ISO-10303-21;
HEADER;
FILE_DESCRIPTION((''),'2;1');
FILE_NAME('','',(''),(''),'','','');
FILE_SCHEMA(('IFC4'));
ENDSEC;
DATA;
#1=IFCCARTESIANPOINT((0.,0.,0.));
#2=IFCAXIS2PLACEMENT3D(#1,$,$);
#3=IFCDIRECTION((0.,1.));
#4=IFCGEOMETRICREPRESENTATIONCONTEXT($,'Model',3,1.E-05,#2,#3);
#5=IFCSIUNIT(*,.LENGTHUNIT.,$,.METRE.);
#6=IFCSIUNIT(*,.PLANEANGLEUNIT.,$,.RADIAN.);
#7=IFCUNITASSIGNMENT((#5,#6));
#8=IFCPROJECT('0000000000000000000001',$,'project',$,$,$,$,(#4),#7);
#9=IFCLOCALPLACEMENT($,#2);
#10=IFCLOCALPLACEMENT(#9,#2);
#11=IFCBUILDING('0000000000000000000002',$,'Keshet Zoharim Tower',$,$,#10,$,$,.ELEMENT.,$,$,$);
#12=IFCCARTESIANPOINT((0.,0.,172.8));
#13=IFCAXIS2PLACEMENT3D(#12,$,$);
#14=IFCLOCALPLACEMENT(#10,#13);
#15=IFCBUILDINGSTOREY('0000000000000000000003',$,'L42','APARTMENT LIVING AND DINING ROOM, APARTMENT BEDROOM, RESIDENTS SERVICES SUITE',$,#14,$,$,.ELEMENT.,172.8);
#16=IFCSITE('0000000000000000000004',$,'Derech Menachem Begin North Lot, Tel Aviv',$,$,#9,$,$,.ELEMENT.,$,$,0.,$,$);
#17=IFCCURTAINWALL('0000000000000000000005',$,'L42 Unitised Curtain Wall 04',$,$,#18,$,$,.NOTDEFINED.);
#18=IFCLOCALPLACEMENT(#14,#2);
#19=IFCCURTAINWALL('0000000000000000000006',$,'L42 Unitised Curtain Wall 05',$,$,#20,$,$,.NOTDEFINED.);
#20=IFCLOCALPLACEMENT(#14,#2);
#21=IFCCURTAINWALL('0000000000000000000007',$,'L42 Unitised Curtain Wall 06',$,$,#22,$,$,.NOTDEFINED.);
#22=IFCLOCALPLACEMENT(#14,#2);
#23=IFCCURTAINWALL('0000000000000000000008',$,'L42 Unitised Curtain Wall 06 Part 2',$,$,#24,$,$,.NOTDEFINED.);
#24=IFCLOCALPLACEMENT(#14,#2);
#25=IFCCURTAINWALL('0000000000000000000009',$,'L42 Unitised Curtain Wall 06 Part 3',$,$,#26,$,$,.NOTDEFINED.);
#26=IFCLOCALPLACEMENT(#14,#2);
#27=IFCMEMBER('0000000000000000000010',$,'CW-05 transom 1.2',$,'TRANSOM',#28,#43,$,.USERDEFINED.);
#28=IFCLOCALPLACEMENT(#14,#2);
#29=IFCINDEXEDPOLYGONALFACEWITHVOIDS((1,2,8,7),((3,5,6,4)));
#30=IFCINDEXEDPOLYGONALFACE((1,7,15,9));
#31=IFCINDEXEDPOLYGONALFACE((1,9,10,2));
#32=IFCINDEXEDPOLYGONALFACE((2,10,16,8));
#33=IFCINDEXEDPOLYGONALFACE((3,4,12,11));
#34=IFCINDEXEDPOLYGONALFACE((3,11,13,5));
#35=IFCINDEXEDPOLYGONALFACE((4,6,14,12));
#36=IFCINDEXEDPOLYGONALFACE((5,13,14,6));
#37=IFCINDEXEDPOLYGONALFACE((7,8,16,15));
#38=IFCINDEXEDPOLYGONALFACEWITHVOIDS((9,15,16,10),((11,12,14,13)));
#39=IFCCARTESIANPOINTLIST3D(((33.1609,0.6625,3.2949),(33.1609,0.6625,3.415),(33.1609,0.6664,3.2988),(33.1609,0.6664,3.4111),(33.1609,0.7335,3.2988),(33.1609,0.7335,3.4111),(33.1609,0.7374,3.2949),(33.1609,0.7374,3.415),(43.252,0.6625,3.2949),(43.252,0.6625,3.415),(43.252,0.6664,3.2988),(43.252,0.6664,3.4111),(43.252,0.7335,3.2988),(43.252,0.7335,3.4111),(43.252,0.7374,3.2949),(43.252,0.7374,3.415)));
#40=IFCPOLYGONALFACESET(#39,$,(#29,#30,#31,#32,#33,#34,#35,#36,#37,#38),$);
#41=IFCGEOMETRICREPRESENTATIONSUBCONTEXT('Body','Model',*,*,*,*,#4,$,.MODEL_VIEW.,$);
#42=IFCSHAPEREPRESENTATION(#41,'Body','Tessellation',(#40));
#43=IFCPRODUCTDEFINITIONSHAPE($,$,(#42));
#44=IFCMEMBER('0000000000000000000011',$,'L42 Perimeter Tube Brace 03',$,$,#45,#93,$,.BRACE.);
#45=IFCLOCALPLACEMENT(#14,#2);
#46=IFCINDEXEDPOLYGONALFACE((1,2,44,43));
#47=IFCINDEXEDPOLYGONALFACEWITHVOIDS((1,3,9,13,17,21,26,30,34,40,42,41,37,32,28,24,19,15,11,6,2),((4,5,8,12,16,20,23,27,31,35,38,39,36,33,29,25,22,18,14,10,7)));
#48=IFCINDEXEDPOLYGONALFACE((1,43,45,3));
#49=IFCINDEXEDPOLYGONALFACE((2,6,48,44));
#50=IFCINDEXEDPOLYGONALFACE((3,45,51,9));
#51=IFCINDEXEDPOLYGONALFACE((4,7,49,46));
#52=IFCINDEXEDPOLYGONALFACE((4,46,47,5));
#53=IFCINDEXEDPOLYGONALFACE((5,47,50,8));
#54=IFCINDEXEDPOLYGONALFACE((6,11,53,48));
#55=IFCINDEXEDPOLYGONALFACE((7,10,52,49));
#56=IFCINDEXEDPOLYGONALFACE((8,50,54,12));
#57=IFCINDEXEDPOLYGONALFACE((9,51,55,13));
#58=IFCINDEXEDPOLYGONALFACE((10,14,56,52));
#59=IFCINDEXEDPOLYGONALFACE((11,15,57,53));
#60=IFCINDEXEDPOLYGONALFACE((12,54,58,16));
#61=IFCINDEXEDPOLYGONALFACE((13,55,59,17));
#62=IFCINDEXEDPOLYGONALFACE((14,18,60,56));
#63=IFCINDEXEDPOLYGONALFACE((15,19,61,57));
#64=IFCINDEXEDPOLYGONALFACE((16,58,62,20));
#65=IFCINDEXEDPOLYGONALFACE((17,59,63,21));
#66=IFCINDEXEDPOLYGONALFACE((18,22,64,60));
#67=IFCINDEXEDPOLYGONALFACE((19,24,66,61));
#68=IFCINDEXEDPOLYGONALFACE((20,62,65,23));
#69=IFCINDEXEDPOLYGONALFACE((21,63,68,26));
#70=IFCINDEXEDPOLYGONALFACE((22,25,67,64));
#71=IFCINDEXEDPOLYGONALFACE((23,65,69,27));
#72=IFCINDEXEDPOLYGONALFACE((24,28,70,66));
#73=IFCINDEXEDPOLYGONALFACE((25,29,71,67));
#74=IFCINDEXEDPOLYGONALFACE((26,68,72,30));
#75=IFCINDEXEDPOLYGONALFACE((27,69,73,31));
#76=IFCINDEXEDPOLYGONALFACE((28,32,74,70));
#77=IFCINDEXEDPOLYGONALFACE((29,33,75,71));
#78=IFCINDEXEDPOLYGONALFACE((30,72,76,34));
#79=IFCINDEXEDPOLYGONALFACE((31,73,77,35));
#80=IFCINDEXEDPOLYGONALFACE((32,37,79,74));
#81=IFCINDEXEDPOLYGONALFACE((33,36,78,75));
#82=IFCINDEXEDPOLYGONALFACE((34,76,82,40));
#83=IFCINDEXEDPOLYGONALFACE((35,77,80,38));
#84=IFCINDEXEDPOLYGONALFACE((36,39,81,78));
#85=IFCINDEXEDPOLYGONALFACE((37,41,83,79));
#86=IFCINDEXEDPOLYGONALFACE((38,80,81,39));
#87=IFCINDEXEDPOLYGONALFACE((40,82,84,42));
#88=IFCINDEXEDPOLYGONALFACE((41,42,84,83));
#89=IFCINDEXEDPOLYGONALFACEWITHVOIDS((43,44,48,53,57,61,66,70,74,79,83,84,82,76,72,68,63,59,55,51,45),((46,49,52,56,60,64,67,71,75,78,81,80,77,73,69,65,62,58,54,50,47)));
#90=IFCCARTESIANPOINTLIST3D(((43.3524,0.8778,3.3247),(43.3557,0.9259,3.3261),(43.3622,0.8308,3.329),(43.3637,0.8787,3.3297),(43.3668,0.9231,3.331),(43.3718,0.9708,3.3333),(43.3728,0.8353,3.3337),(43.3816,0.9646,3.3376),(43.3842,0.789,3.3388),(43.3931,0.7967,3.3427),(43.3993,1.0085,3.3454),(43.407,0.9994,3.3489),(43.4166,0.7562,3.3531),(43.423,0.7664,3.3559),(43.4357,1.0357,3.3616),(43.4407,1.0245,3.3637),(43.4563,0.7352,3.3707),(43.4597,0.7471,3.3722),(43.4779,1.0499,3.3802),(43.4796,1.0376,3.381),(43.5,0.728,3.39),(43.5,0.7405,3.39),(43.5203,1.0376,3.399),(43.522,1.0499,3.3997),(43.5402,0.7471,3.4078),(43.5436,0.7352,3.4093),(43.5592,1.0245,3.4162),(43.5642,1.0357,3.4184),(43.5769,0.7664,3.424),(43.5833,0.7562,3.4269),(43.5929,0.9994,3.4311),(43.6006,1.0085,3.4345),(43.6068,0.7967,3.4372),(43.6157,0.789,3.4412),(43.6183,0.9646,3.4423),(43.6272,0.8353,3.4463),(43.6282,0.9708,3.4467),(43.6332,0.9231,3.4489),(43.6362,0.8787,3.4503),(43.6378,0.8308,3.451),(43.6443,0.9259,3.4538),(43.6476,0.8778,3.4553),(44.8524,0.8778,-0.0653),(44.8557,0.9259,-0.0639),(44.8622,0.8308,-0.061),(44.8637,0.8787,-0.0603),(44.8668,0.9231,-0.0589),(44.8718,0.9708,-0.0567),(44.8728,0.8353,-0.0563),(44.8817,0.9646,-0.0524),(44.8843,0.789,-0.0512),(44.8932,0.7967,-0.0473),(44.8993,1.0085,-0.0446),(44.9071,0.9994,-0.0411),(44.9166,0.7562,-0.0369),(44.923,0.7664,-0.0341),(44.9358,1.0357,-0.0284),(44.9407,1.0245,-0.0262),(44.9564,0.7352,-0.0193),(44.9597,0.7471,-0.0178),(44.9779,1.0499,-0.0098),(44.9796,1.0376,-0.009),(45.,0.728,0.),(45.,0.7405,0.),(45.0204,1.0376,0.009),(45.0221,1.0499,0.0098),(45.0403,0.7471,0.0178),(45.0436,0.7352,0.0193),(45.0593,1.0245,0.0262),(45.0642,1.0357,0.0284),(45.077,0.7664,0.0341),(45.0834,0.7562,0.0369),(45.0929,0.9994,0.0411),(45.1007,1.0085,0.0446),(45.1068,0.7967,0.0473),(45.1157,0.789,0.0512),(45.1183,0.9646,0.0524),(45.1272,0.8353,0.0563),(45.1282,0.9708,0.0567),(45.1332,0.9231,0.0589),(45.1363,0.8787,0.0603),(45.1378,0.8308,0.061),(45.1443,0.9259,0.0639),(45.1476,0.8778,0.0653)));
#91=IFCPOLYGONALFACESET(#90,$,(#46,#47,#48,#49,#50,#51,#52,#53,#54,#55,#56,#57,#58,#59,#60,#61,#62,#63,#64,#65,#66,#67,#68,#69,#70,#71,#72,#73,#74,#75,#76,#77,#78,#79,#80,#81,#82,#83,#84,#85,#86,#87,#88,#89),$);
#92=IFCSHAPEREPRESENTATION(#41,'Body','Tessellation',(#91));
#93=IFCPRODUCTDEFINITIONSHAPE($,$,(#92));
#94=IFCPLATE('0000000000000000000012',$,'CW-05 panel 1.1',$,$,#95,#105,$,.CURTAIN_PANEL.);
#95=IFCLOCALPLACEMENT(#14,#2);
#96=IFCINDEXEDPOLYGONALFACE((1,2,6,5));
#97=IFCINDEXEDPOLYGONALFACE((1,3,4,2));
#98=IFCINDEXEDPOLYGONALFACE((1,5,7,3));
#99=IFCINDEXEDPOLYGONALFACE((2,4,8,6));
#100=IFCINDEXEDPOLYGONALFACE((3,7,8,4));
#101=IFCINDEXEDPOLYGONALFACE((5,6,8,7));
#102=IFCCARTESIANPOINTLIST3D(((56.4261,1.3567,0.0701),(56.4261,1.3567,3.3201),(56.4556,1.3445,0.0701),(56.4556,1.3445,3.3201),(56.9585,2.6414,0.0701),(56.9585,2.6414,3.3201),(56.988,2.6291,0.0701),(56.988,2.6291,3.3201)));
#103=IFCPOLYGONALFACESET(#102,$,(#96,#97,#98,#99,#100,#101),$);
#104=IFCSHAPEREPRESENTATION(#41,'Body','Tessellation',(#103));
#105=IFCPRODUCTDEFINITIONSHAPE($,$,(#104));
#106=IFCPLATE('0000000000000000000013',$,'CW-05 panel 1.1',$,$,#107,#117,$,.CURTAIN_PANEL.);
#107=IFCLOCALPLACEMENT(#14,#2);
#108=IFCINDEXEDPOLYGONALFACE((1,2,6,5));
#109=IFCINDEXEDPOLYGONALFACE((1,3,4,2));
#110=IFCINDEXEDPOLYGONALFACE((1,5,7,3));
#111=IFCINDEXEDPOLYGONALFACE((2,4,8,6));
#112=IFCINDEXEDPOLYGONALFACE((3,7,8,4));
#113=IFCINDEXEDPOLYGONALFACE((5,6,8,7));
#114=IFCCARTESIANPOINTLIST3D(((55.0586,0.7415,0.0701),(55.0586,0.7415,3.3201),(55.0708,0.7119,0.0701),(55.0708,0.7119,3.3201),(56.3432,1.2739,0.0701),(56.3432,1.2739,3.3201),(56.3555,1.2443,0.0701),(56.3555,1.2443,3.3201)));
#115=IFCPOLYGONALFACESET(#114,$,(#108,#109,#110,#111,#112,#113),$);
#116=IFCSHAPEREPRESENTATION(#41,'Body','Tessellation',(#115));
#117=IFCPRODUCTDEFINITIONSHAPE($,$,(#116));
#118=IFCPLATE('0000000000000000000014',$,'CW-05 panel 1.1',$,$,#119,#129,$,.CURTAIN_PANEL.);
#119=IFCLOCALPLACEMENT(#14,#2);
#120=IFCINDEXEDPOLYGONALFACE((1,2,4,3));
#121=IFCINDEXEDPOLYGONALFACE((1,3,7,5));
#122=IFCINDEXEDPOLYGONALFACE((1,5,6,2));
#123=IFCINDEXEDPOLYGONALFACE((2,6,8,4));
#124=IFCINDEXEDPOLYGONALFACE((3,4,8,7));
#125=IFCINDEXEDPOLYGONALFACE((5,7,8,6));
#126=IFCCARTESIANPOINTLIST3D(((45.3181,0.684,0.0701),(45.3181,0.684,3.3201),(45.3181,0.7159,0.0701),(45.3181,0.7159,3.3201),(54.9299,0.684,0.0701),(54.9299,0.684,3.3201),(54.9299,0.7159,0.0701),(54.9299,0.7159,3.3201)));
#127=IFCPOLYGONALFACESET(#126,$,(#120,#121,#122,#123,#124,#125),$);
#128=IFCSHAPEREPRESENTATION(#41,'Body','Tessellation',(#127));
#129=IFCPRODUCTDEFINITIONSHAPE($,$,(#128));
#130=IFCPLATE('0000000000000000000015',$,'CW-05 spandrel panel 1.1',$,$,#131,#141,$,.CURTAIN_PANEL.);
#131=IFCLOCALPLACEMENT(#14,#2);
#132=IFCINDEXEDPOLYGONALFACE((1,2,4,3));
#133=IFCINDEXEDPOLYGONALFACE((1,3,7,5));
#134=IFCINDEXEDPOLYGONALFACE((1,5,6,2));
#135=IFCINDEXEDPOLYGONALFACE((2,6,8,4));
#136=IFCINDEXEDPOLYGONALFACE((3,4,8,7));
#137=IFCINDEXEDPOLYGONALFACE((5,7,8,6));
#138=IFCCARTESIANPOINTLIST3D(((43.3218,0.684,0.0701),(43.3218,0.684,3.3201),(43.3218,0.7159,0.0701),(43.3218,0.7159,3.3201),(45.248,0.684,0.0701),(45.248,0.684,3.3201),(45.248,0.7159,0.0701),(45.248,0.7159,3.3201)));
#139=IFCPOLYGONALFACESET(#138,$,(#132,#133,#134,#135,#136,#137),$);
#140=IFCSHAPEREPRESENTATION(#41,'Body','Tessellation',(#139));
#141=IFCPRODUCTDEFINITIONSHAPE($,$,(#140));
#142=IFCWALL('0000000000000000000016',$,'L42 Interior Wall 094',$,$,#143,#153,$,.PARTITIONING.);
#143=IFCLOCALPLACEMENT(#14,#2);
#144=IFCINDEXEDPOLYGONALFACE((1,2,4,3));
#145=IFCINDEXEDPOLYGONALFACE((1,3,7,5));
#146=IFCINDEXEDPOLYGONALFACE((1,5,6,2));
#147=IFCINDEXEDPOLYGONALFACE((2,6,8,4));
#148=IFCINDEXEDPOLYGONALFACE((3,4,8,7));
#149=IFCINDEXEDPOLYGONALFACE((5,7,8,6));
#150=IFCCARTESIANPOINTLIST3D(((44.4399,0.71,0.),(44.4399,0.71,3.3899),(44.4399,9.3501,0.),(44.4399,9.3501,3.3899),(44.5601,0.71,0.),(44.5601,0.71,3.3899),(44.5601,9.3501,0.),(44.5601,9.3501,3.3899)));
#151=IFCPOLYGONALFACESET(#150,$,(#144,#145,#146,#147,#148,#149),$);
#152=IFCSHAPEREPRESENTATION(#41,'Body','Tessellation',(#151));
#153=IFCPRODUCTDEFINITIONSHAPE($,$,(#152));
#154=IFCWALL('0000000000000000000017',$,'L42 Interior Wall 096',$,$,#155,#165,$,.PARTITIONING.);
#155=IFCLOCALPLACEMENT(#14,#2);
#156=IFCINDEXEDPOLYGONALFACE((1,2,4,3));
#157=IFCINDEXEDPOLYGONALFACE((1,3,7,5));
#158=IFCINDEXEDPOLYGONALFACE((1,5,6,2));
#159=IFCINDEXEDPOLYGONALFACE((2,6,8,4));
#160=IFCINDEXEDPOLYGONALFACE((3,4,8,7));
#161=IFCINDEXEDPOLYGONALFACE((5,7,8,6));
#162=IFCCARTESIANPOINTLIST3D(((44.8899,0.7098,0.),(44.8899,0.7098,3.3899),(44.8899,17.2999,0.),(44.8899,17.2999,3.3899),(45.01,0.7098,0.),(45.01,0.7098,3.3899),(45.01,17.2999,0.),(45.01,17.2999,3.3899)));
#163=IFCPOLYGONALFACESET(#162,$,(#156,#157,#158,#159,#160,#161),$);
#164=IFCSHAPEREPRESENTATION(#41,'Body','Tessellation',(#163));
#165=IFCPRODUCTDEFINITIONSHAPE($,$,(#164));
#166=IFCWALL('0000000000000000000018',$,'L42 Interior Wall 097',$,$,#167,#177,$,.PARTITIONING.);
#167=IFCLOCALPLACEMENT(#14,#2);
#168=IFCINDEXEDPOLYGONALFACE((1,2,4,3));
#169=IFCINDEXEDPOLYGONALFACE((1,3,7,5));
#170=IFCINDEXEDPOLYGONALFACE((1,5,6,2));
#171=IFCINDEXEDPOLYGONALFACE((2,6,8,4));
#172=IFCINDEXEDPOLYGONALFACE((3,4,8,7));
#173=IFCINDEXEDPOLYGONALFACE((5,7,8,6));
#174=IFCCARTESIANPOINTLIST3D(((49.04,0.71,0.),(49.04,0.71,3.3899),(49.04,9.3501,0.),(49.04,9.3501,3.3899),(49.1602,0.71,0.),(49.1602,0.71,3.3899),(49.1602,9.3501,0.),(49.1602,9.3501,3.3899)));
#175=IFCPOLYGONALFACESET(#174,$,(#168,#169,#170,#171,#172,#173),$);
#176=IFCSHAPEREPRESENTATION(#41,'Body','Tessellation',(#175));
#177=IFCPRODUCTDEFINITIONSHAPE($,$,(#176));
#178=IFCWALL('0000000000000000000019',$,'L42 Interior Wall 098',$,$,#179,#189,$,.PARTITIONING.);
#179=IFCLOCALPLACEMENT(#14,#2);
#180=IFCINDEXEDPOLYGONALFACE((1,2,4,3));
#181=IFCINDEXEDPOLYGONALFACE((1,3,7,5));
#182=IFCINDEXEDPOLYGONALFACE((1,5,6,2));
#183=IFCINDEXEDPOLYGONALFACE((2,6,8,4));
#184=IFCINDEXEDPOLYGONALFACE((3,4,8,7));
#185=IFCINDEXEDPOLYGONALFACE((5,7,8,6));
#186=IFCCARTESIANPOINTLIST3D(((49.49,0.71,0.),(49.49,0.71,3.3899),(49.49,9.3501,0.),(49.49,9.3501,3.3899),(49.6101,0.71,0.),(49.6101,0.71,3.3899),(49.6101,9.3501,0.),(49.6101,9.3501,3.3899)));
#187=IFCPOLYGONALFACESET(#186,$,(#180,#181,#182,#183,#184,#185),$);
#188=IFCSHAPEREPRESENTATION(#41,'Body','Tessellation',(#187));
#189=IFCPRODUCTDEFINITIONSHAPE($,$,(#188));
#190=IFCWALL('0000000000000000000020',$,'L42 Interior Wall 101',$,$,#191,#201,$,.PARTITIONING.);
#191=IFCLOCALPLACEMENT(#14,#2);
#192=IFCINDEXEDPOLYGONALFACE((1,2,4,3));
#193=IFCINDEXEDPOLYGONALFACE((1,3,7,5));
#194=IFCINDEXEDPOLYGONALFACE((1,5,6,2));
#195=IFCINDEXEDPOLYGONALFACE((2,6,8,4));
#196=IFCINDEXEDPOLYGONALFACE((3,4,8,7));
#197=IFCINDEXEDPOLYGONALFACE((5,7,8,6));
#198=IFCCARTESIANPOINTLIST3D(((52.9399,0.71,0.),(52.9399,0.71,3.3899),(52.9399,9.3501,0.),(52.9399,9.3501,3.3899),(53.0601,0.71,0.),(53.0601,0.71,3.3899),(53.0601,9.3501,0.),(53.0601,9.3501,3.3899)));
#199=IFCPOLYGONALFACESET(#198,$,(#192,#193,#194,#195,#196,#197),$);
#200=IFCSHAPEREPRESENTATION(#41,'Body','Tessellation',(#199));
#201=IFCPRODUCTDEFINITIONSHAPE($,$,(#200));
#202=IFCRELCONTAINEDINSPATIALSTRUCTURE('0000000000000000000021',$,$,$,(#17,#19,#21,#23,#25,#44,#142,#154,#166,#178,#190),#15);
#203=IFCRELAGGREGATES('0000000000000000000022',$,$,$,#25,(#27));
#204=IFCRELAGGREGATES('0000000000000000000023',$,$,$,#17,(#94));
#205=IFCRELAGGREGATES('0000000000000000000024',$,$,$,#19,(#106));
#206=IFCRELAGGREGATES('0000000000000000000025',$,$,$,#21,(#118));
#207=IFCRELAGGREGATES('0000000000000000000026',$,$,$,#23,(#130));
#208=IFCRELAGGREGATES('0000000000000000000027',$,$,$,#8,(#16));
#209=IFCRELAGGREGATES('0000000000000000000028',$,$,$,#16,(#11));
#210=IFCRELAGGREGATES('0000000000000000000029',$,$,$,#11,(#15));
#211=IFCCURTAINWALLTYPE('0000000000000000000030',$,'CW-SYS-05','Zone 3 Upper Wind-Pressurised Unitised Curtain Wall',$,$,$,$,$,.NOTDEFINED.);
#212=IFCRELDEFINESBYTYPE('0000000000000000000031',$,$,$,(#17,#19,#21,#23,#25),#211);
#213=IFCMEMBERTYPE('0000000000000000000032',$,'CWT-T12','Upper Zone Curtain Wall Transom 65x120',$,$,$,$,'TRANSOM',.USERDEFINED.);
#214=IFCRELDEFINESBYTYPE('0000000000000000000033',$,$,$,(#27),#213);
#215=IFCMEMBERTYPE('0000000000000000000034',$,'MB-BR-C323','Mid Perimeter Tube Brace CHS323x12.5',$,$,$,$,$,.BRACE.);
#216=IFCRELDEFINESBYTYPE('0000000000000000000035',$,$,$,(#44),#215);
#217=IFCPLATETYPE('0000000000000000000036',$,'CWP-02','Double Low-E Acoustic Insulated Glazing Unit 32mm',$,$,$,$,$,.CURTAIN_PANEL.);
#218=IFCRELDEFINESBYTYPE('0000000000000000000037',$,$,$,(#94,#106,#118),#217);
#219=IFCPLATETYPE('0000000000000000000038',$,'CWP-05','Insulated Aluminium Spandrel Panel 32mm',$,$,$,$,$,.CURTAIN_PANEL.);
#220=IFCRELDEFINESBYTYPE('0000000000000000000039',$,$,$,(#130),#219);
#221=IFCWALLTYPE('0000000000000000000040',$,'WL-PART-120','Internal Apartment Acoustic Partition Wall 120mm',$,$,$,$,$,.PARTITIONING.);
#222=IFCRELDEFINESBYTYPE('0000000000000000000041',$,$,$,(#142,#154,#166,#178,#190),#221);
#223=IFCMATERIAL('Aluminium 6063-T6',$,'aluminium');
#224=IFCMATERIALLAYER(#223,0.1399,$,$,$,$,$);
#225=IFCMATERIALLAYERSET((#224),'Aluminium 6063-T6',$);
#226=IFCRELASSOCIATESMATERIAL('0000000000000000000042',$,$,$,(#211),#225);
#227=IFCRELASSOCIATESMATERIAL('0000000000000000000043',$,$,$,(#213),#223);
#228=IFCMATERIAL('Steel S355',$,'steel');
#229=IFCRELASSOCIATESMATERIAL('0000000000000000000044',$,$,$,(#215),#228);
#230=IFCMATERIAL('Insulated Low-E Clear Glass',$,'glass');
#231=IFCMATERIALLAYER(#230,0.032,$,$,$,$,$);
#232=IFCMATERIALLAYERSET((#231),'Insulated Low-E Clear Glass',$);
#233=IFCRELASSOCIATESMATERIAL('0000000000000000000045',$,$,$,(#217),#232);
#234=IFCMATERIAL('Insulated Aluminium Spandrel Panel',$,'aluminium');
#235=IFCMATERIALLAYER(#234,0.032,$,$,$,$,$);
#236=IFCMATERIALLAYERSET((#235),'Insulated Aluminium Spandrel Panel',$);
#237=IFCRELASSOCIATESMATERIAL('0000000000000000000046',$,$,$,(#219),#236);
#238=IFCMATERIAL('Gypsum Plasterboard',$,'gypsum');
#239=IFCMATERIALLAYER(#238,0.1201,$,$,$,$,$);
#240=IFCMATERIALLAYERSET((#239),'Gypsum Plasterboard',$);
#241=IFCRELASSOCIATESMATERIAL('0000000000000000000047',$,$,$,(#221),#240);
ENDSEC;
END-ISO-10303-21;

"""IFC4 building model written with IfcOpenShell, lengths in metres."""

from ifc_helpers import new_model, si_unit, direction, frame, frame_2d, origin, origin_2d, place, context, subcontext, project, spatial, rectangle, hollow_rectangle, hollow_circle, extrude, material, layer, layer_set, material_profile, profile_set, type_object, element, aggregate, save


model = new_model("IFC4")

# Units and contexts
model_context = context("Model", 3, precision=1e-05, world=origin(), true_north=direction((0.0, 1.0)))
body_context = subcontext(model_context, "Body", "Model", "MODEL_VIEW")
ifc_project = project(units=[si_unit("LENGTHUNIT", "METRE"), si_unit("PLANEANGLEUNIT", "RADIAN")], contexts=[model_context])

# Site, building, storey
site_placement = place(None, origin())
site = spatial("IfcSite", under=ifc_project, at=site_placement, Name="Derech Menachem Begin North Lot, Tel Aviv", CompositionType="ELEMENT", RefElevation=0.0)
building_placement = place(site_placement, origin())
building = spatial("IfcBuilding", under=site, at=building_placement, Name="Keshet Zoharim Tower", CompositionType="ELEMENT")
storey_placement = place(building_placement, frame((0.0, 0.0, 172.8)))
storey = spatial("IfcBuildingStorey", under=building, at=storey_placement, Name="L42", Description="APARTMENT LIVING AND DINING ROOM, APARTMENT BEDROOM, RESIDENTS SERVICES SUITE", CompositionType="ELEMENT", Elevation=172.8)

# Shared definitions
ifc_material_1 = material(Name="Steel S355", Category="steel")

# Curtain wall
ifc_material_2 = material(Name="Aluminium 6063-T6", Category="aluminium")
ifc_layer_1 = layer(ifc_material_2, 0.1399)
ifc_layer_set_1 = layer_set([ifc_layer_1], Name="Aluminium 6063-T6")
curtain_wall_type = type_object("IfcCurtainWallType", Name="CW-SYS-05", Description="Zone 3 Upper Wind-Pressurised Unitised Curtain Wall", PredefinedType="NOTDEFINED", material=ifc_layer_set_1)
curtain_wall_1_placement = place(storey_placement, origin())
curtain_wall_1 = element("IfcCurtainWall", 1, at=curtain_wall_1_placement, inside=storey, type_object=curtain_wall_type, Name="L42 Unitised Curtain Wall 04", PredefinedType="NOTDEFINED")

# Curtain walls
curtain_wall_2_placement = place(storey_placement, origin())
curtain_wall_2 = element("IfcCurtainWall", 2, at=curtain_wall_2_placement, inside=storey, type_object=curtain_wall_type, Name="L42 Unitised Curtain Wall 05", PredefinedType="NOTDEFINED")
curtain_wall_3_placement = place(storey_placement, origin())
curtain_wall_3 = element("IfcCurtainWall", 3, at=curtain_wall_3_placement, inside=storey, type_object=curtain_wall_type, Name="L42 Unitised Curtain Wall 06", PredefinedType="NOTDEFINED")

# Curtain wall
curtain_wall_4_placement = place(storey_placement, origin())
curtain_wall_4 = element("IfcCurtainWall", 4, at=curtain_wall_4_placement, inside=storey, type_object=curtain_wall_type, Name="L42 Unitised Curtain Wall 06 Part 2", PredefinedType="NOTDEFINED")

# Shared definitions
ifc_material_profile_1 = material_profile(ifc_material_2, hollow_rectangle(XDim=0.075, YDim=0.1201, WallThickness=0.0039, at=origin_2d()), Name="TRN-75x120")
ifc_profile_set_1 = profile_set([ifc_material_profile_1], Name="Aluminium 6063-T6")
member_type_1 = type_object("IfcMemberType", Name="CWT-T12", Description="Upper Zone Curtain Wall Transom 65x120", ElementType="TRANSOM", PredefinedType="USERDEFINED", material=ifc_profile_set_1)

# Curtain wall, member
curtain_wall_5_placement = place(storey_placement, origin())
curtain_wall_5 = element("IfcCurtainWall", 5, at=curtain_wall_5_placement, inside=storey, type_object=curtain_wall_type, Name="L42 Unitised Curtain Wall 06 Part 3", PredefinedType="NOTDEFINED")
member_1_placement = place(storey_placement, frame((43.252, 0.7, 3.355), z_axis=(-1.0, 0.0, 0.0), x_axis=(0.0, -1.0, 0.0)))
member_1 = element("IfcMember", 6, at=member_1_placement, type_object=member_type_1, Name="CW-05 transom 1.2", ObjectType="TRANSOM", PredefinedType="USERDEFINED", context=body_context, shape_type="SweptSolid", body=[
    extrude(hollow_rectangle(XDim=0.075, YDim=0.1201, WallThickness=0.0039, at=origin_2d()), origin(), (0.0, 0.0, 1.0), 10.0911),
])
aggregate(curtain_wall_5, [member_1])

# Member
ifc_material_profile_2 = material_profile(ifc_material_1, hollow_circle(Radius=0.1619, WallThickness=0.0125, at=origin_2d()), Name="CHS323x12.5")
ifc_profile_set_2 = profile_set([ifc_material_profile_2], Name="Steel S355")
member_type_2 = type_object("IfcMemberType", Name="MB-BR-C323", Description="Mid Perimeter Tube Brace CHS323x12.5", PredefinedType="BRACE", material=ifc_profile_set_2)
member_2_placement = place(storey_placement, frame((45.0, 0.8899, 0.0), z_axis=(-0.404647, 0.0, 0.914473), x_axis=(0.0, -1.0, 0.0)))
element("IfcMember", 7, at=member_2_placement, inside=storey, type_object=member_type_2, Name="L42 Perimeter Tube Brace 03", PredefinedType="BRACE", context=body_context, shape_type="SweptSolid", body=[
    extrude(hollow_circle(Radius=0.1619, WallThickness=0.0125, at=origin_2d()), origin(), (0.0, 0.0, 1.0), 3.707),
])

# Plates
ifc_material_3 = material(Name="Insulated Low-E Clear Glass", Category="glass")
ifc_layer_2 = layer(ifc_material_3, 0.032)
ifc_layer_set_2 = layer_set([ifc_layer_2], Name="Insulated Low-E Clear Glass")
plate_type_1 = type_object("IfcPlateType", Name="CWP-02", Description="Double Low-E Acoustic Insulated Glazing Unit 32mm", PredefinedType="CURTAIN_PANEL", material=ifc_layer_set_2)
plate_1_placement = place(storey_placement, frame((56.707, 1.9929, 0.0701), z_axis=(0.0, 0.0, 1.0), x_axis=(-0.382852, -0.92381, 0.0)))
plate_1 = element("IfcPlate", 8, at=plate_1_placement, type_object=plate_type_1, Name="CW-05 panel 1.1", PredefinedType="CURTAIN_PANEL", context=body_context, shape_type="SweptSolid", body=[
    extrude(rectangle(XDim=1.3906, YDim=0.032, at=origin_2d()), origin(), (0.0, 0.0, 1.0), 3.25),
])
aggregate(curtain_wall_1, [plate_1])
plate_2_placement = place(storey_placement, frame((55.707, 0.9929, 0.0701), z_axis=(0.0, 0.0, 1.0), x_axis=(-0.92381, -0.382852, 0.0)))
plate_2 = element("IfcPlate", 9, at=plate_2_placement, type_object=plate_type_1, Name="CW-05 panel 1.1", PredefinedType="CURTAIN_PANEL", context=body_context, shape_type="SweptSolid", body=[
    extrude(rectangle(XDim=1.3906, YDim=0.032, at=origin_2d()), origin(), (0.0, 0.0, 1.0), 3.25),
])
aggregate(curtain_wall_2, [plate_2])
plate_3_placement = place(storey_placement, frame((50.124, 0.7, 0.0701), z_axis=(0.0, 0.0, 1.0), x_axis=(-1.0, 0.0, 0.0)))
plate_3 = element("IfcPlate", 10, at=plate_3_placement, type_object=plate_type_1, Name="CW-05 panel 1.1", PredefinedType="CURTAIN_PANEL", context=body_context, shape_type="SweptSolid", body=[
    extrude(rectangle(XDim=9.6118, YDim=0.032, at=origin_2d()), origin(), (0.0, 0.0, 1.0), 3.25),
])
aggregate(curtain_wall_3, [plate_3])
ifc_material_4 = material(Name="Insulated Aluminium Spandrel Panel", Category="aluminium")
ifc_layer_3 = layer(ifc_material_4, 0.032)
ifc_layer_set_3 = layer_set([ifc_layer_3], Name="Insulated Aluminium Spandrel Panel")
plate_type_2 = type_object("IfcPlateType", Name="CWP-05", Description="Insulated Aluminium Spandrel Panel 32mm", PredefinedType="CURTAIN_PANEL", material=ifc_layer_set_3)
plate_4_placement = place(storey_placement, frame((44.2849, 0.7, 0.0701), z_axis=(0.0, 0.0, 1.0), x_axis=(-1.0, 0.0, 0.0)))
plate_4 = element("IfcPlate", 11, at=plate_4_placement, type_object=plate_type_2, Name="CW-05 spandrel panel 1.1", PredefinedType="CURTAIN_PANEL", context=body_context, shape_type="SweptSolid", body=[
    extrude(rectangle(XDim=1.9263, YDim=0.032, at=origin_2d()), origin(), (0.0, 0.0, 1.0), 3.25),
])
aggregate(curtain_wall_4, [plate_4])

# Walls
ifc_material_5 = material(Name="Gypsum Plasterboard", Category="gypsum")
ifc_layer_4 = layer(ifc_material_5, 0.1201)
ifc_layer_set_4 = layer_set([ifc_layer_4], Name="Gypsum Plasterboard")
wall_type = type_object("IfcWallType", Name="WL-PART-120", Description="Internal Apartment Acoustic Partition Wall 120mm", PredefinedType="PARTITIONING", material=ifc_layer_set_4)
wall_1_placement = place(storey_placement, frame((44.5, 0.71, 0.0), z_axis=(0.0, 0.0, 1.0), x_axis=(0.0, 1.0, 0.0)))
element("IfcWall", 12, at=wall_1_placement, inside=storey, type_object=wall_type, Name="L42 Interior Wall 094", PredefinedType="PARTITIONING", context=body_context, shape_type="SweptSolid", body=[
    extrude(rectangle(XDim=8.6401, YDim=0.1201, at=frame_2d((4.3201, 0.0))), origin(), (0.0, 0.0, 1.0), 3.3899),
])
wall_2_placement = place(storey_placement, frame((44.95, 0.71, 0.0), z_axis=(0.0, 0.0, 1.0), x_axis=(0.0, 1.0, 0.0)))
element("IfcWall", 13, at=wall_2_placement, inside=storey, type_object=wall_type, Name="L42 Interior Wall 096", PredefinedType="PARTITIONING", context=body_context, shape_type="SweptSolid", body=[
    extrude(rectangle(XDim=16.5901, YDim=0.1201, at=frame_2d((8.2949, 0.0))), origin(), (0.0, 0.0, 1.0), 3.3899),
])
for number, where, z_axis, x_axis, name in (
    (14, (49.1001, 0.71, 0.0), (0.0, 0.0, 1.0), (0.0, 1.0, 0.0), "L42 Interior Wall 097"),
    (15, (49.55, 0.71, 0.0), (0.0, 0.0, 1.0), (0.0, 1.0, 0.0), "L42 Interior Wall 098"),
    (16, (53.0, 0.71, 0.0), (0.0, 0.0, 1.0), (0.0, 1.0, 0.0), "L42 Interior Wall 101"),
):
    element("IfcWall", number, at=place(storey_placement, frame(where, z_axis=z_axis, x_axis=x_axis)), inside=storey, type_object=wall_type, Name=name, PredefinedType="PARTITIONING", context=body_context, shape_type="SweptSolid", body=[
        extrude(rectangle(XDim=8.6401, YDim=0.1201, at=frame_2d((4.3201, 0.0))), origin(), (0.0, 0.0, 1.0), 3.3899),
    ])

save(model, "model.ifc")
